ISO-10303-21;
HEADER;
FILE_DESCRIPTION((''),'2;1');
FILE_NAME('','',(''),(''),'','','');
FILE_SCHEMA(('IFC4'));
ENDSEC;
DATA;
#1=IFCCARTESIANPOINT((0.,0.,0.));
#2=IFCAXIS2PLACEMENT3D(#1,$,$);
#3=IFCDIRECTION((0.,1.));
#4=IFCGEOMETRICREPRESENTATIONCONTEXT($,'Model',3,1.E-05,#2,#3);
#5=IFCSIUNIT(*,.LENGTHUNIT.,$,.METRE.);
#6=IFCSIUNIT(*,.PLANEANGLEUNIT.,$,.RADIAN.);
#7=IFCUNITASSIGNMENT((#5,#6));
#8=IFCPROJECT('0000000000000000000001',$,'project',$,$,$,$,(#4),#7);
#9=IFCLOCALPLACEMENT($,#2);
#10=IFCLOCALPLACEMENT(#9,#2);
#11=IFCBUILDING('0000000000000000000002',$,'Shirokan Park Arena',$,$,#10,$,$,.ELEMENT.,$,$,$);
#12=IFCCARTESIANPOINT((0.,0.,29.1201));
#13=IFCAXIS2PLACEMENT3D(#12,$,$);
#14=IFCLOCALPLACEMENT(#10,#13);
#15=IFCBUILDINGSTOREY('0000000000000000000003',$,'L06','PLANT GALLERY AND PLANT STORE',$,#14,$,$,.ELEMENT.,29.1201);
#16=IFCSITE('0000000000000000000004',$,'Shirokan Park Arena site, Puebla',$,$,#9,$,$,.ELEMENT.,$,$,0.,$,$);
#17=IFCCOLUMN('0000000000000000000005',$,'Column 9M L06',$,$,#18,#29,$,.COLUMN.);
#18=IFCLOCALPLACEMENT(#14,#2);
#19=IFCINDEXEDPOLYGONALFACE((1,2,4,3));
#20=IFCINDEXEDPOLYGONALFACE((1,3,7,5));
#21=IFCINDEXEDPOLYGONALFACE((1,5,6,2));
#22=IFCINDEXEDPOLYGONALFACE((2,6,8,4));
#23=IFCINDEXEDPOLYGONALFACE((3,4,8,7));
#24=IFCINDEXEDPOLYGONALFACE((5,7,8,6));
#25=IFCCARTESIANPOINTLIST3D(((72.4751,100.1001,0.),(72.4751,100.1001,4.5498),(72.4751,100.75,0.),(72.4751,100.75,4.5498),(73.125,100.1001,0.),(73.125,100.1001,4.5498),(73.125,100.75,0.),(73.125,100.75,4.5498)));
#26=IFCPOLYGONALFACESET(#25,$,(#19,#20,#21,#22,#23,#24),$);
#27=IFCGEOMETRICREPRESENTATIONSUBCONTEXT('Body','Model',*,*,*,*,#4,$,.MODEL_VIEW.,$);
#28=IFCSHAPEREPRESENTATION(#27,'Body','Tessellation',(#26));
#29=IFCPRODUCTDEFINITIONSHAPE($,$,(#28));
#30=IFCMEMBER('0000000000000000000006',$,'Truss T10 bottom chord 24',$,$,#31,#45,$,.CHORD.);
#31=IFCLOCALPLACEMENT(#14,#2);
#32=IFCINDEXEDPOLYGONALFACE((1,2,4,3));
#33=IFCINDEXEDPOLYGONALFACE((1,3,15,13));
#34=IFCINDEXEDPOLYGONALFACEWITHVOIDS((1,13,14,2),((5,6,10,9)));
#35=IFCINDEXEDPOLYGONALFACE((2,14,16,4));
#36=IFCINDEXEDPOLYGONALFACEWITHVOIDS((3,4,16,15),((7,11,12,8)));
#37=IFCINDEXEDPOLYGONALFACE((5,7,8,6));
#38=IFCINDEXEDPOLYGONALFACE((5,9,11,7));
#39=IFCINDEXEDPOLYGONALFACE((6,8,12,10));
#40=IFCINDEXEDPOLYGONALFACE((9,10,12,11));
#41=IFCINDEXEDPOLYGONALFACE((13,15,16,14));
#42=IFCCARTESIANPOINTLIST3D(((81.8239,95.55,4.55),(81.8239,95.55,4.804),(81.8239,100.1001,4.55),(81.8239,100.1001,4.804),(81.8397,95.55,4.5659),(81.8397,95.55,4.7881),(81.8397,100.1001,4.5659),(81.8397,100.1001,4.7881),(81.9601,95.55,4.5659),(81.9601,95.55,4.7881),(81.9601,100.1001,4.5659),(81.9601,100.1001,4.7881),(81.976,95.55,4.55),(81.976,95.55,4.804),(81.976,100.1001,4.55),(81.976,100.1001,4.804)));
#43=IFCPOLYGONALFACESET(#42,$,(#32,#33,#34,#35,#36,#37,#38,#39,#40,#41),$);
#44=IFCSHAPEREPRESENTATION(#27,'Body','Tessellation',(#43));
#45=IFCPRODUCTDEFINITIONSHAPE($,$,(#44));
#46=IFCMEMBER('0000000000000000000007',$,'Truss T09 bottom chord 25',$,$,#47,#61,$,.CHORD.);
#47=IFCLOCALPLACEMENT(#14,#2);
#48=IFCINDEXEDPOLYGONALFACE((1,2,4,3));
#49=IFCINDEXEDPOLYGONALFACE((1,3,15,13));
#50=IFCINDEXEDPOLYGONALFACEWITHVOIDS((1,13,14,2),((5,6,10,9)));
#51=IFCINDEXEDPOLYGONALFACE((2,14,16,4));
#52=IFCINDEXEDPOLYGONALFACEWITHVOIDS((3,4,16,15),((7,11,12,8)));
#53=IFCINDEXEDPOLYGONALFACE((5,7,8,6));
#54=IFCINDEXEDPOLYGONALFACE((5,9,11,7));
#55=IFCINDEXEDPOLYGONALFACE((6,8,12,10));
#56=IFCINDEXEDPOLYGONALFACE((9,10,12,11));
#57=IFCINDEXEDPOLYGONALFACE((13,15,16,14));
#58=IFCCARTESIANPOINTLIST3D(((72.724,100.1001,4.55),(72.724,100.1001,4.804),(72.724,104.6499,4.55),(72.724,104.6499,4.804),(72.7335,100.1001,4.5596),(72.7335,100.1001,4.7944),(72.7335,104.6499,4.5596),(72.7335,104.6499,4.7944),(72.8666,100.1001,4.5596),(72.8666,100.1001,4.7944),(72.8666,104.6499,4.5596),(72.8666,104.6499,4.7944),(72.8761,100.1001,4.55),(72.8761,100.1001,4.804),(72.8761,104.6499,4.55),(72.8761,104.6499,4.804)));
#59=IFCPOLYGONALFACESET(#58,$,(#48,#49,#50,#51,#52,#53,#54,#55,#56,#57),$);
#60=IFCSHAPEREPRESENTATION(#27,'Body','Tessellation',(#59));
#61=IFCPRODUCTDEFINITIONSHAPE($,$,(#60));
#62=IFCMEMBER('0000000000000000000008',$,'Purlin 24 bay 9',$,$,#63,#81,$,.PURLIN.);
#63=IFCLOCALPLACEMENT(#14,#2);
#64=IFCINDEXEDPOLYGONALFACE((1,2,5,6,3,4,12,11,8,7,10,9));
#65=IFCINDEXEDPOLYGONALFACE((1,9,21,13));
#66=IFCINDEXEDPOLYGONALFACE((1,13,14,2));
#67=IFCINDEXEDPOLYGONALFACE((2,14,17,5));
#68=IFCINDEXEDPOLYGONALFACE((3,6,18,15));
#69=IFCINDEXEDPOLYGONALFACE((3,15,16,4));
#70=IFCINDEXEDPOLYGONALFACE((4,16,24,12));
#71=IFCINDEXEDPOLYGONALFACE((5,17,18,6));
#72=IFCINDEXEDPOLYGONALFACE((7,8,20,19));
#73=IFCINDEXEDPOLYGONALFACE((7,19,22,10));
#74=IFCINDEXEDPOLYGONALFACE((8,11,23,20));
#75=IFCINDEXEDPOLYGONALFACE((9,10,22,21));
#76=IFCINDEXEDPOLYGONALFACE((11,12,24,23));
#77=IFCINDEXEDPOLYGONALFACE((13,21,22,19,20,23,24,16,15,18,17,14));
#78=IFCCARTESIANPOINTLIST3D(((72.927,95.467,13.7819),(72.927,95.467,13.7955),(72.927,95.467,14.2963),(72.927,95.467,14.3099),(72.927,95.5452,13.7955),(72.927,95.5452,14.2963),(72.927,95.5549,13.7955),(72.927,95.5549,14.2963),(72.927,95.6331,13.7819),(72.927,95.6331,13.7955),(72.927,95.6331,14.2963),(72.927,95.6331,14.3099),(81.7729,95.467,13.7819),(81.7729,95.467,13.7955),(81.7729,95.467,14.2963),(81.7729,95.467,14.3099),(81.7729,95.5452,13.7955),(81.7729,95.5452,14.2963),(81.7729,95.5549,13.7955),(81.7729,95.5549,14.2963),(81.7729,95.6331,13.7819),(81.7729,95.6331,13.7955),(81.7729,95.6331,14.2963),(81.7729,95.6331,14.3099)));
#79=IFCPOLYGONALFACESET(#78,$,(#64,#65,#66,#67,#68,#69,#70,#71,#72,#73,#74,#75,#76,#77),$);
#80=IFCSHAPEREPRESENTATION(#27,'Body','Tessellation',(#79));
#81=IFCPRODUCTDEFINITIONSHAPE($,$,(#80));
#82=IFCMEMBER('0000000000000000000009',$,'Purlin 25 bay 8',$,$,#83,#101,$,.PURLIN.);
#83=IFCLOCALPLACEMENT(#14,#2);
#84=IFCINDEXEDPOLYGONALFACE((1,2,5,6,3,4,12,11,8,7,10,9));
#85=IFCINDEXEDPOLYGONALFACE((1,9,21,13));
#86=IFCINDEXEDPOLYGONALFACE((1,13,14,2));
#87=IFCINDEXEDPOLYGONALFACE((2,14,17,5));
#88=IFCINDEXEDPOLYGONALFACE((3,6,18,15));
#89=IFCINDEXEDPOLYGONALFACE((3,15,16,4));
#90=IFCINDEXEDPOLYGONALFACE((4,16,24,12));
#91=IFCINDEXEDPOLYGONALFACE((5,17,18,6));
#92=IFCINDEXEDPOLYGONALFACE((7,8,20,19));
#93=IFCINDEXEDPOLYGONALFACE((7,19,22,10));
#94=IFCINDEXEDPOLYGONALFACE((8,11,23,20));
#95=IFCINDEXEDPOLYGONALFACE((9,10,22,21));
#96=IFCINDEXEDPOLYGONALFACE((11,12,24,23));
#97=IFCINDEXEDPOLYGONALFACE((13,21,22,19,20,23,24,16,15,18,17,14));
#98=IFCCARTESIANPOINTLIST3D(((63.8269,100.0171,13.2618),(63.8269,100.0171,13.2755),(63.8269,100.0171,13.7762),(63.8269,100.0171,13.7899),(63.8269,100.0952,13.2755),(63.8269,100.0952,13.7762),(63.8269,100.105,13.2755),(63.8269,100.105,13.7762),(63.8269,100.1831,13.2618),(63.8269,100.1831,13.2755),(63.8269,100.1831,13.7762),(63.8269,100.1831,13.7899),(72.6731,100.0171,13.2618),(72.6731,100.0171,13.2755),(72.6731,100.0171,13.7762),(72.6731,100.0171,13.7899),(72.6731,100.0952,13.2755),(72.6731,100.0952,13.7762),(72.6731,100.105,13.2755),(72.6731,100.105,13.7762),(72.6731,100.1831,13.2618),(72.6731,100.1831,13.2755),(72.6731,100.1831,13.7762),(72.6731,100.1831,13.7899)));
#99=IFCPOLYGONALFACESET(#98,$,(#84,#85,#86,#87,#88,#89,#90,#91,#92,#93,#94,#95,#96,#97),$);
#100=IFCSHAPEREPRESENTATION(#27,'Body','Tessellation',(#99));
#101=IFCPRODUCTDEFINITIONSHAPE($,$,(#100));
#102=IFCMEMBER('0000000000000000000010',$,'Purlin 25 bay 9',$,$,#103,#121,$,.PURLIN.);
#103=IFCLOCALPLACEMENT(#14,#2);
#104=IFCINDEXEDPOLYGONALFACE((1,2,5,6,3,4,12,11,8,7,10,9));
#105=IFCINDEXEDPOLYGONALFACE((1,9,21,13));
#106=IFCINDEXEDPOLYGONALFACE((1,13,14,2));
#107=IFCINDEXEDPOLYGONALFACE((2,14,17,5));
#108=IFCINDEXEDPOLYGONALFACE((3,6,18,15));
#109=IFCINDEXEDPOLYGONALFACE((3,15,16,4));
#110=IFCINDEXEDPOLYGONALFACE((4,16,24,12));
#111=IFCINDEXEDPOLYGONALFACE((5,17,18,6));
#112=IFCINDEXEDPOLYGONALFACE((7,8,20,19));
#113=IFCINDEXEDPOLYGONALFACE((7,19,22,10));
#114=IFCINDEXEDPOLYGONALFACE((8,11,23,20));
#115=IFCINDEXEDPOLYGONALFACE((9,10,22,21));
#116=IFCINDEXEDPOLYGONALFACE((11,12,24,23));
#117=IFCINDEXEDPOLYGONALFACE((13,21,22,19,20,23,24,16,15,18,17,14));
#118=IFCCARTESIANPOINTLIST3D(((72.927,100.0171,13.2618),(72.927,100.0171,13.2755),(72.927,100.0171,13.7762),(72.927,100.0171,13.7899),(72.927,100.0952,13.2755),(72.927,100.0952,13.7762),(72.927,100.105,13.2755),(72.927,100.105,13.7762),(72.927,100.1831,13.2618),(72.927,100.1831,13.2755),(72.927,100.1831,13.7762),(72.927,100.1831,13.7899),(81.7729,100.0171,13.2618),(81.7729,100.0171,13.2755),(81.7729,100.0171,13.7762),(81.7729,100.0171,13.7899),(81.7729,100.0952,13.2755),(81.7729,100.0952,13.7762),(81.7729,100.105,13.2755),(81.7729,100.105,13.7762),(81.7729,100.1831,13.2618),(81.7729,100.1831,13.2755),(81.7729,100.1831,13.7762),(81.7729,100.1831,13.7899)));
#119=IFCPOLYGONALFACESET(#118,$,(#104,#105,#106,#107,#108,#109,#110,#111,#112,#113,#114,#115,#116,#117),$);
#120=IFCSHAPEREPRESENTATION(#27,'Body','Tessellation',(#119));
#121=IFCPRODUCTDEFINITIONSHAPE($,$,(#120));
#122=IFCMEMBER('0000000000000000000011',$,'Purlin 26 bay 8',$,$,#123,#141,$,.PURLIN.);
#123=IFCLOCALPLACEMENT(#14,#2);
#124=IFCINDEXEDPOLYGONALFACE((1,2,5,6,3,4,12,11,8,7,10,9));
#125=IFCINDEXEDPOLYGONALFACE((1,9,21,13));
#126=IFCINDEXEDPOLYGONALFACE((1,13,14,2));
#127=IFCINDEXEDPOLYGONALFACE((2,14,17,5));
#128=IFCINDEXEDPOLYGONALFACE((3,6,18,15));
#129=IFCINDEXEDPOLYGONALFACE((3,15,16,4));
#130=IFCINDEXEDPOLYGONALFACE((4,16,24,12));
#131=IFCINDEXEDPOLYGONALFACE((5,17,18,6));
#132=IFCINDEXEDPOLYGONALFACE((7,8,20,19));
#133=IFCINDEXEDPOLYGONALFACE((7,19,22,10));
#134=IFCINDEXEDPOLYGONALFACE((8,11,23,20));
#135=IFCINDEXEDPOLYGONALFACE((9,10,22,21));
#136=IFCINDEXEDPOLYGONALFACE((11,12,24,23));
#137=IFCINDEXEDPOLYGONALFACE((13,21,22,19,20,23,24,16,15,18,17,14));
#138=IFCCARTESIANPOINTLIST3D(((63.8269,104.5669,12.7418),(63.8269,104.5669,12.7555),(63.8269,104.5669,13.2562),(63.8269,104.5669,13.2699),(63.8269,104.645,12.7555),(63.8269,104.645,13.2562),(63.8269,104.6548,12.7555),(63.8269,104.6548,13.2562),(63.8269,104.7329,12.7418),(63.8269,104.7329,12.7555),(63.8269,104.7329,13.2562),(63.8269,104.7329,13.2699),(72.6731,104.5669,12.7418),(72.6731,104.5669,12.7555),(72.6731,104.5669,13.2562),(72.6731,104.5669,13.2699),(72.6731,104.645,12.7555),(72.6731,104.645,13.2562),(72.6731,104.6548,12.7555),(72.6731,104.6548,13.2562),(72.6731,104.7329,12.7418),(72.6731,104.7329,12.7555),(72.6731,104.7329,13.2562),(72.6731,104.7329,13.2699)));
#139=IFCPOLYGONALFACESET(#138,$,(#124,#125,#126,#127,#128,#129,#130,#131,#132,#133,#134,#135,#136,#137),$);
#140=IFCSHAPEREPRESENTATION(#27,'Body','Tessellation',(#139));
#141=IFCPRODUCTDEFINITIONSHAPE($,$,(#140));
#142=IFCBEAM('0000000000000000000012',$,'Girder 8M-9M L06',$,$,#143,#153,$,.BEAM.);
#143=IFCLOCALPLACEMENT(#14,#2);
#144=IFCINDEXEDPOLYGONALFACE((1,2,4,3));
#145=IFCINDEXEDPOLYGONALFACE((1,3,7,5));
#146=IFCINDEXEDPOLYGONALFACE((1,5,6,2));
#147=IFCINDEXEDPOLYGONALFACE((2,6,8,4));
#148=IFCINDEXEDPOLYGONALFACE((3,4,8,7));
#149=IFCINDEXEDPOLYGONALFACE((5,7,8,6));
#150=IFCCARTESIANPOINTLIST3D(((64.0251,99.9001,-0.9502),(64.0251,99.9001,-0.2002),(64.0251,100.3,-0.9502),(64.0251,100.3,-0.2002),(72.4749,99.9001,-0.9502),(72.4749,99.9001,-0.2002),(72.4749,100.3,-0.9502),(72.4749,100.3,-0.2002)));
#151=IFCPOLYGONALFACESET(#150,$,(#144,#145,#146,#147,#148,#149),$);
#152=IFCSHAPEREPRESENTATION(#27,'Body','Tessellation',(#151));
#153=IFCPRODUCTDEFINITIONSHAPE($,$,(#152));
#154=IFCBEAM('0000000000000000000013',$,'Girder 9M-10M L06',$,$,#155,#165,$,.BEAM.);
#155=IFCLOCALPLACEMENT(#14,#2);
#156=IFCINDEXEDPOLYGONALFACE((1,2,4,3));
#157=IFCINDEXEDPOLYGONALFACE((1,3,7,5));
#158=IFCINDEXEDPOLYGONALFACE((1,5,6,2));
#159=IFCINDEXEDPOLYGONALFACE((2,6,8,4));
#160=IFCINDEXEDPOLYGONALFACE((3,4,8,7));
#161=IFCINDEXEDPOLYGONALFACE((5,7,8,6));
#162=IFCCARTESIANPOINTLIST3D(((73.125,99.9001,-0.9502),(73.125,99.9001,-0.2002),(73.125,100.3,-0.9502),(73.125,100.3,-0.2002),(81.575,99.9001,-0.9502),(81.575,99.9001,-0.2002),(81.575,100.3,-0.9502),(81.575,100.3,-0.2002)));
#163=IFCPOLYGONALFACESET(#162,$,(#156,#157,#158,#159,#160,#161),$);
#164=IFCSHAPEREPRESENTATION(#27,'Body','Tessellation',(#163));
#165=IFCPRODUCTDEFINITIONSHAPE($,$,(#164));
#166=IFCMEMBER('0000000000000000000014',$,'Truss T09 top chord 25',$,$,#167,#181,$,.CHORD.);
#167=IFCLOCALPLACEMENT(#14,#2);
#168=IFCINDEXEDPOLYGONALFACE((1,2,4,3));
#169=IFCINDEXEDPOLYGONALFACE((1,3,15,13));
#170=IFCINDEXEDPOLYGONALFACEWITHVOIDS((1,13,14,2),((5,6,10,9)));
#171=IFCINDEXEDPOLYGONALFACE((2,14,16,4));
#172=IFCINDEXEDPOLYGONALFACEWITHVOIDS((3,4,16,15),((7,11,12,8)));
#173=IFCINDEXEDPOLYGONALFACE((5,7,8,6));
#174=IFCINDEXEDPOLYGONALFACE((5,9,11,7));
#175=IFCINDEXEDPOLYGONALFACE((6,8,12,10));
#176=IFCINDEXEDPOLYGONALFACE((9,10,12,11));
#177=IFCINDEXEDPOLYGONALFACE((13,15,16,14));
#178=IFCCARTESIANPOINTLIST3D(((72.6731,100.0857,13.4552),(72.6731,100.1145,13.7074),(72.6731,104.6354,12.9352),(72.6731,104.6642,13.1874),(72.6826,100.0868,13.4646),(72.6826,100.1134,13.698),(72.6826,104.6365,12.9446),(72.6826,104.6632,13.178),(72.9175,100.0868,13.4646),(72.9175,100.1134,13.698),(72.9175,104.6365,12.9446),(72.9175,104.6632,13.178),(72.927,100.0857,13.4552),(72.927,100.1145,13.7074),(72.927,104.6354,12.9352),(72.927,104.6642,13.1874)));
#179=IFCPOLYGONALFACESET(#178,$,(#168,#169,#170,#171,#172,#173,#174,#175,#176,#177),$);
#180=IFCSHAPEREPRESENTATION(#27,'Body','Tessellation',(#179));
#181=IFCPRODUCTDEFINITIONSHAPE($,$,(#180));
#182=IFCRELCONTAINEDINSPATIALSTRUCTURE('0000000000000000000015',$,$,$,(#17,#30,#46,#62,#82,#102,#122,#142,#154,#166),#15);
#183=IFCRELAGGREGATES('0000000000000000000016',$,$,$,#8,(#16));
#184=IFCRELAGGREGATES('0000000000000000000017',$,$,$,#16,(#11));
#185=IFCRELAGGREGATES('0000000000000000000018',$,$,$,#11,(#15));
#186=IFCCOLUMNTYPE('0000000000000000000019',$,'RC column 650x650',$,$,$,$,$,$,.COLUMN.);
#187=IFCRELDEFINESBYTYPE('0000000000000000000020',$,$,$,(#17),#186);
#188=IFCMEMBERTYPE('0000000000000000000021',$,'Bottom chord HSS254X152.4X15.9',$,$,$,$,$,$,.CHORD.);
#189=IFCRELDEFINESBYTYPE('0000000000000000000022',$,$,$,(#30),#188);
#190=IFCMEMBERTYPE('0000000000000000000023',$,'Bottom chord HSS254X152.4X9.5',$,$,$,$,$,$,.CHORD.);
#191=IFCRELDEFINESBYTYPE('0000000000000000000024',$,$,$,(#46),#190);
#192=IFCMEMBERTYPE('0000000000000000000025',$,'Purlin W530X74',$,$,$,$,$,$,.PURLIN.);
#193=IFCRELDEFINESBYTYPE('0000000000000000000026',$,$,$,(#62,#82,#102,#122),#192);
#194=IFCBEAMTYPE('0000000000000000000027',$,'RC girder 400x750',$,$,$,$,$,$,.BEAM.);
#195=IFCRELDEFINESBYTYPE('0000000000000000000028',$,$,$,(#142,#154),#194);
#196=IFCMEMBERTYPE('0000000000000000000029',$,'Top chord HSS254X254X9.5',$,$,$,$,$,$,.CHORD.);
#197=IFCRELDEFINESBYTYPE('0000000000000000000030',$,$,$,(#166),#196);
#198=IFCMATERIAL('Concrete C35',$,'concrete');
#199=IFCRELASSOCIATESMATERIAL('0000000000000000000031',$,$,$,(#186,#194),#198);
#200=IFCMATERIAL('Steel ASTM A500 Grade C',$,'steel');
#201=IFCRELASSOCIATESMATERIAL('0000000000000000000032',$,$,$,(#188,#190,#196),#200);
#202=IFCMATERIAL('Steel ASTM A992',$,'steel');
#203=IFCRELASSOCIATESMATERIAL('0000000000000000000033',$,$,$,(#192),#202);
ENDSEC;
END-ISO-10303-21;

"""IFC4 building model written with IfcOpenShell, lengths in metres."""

from ifc_helpers import new_model, si_unit, direction, frame, origin, origin_2d, place, context, subcontext, project, spatial, rectangle, hollow_rectangle, i_section, extrude, material, material_profile, profile_set, type_object, element, save


model = new_model("IFC4")

# Units and contexts
model_context = context("Model", 3, precision=1e-05, world=origin(), true_north=direction((0.0, 1.0)))
body_context = subcontext(model_context, "Body", "Model", "MODEL_VIEW")
ifc_project = project(units=[si_unit("LENGTHUNIT", "METRE"), si_unit("PLANEANGLEUNIT", "RADIAN")], contexts=[model_context])

# Site, building, storey
site_placement = place(None, origin())
site = spatial("IfcSite", under=ifc_project, at=site_placement, Name="Shirokan Park Arena site, Puebla", CompositionType="ELEMENT", RefElevation=0.0)
building_placement = place(site_placement, origin())
building = spatial("IfcBuilding", under=site, at=building_placement, Name="Shirokan Park Arena", CompositionType="ELEMENT")
storey_placement = place(building_placement, frame((0.0, 0.0, 29.1201)))
storey = spatial("IfcBuildingStorey", under=building, at=storey_placement, Name="L06", Description="PLANT GALLERY AND PLANT STORE", CompositionType="ELEMENT", Elevation=29.1201)

# Column
ifc_material_1 = material(Name="Concrete C35", Category="concrete")
ifc_material_profile_1 = material_profile(ifc_material_1, rectangle(XDim=0.6499, YDim=0.6499, at=origin_2d()), Name="650x650")
ifc_profile_set_1 = profile_set([ifc_material_profile_1], Name="Concrete C35")
column_type = type_object("IfcColumnType", Name="RC column 650x650", PredefinedType="COLUMN", material=ifc_profile_set_1)
column_placement = place(storey_placement, frame((72.8, 100.425, 0.0), z_axis=(0.0, 0.0, 1.0), x_axis=(1.0, 0.0, 0.0)))
element("IfcColumn", 1, at=column_placement, inside=storey, type_object=column_type, Name="Column 9M L06", PredefinedType="COLUMN", context=body_context, shape_type="SweptSolid", body=[
    extrude(rectangle(XDim=0.6499, YDim=0.6499, at=origin_2d()), origin(), (0.0, 0.0, 1.0), 4.5498),
])

# Members
ifc_material_2 = material(Name="Steel ASTM A500 Grade C", Category="steel")
ifc_material_profile_2 = material_profile(ifc_material_2, hollow_rectangle(XDim=0.1521, YDim=0.2539, WallThickness=0.0159, at=origin_2d()), Name="HSS254X152.4X15.9")
ifc_profile_set_2 = profile_set([ifc_material_profile_2], Name="Steel ASTM A500 Grade C")
member_type_1 = type_object("IfcMemberType", Name="Bottom chord HSS254X152.4X15.9", PredefinedType="CHORD", material=ifc_profile_set_2)
member_1_placement = place(storey_placement, frame((81.8999, 95.55, 4.677), z_axis=(0.0, 1.0, 0.0), x_axis=(-1.0, 0.0, 0.0)))
element("IfcMember", 2, at=member_1_placement, inside=storey, type_object=member_type_1, Name="Truss T10 bottom chord 24", PredefinedType="CHORD", context=body_context, shape_type="SweptSolid", body=[
    extrude(hollow_rectangle(XDim=0.1521, YDim=0.2539, WallThickness=0.0159, at=origin_2d()), origin(), (0.0, 0.0, 1.0), 4.55),
])
ifc_material_profile_3 = material_profile(ifc_material_2, hollow_rectangle(XDim=0.1521, YDim=0.2539, WallThickness=0.0095, at=origin_2d()), Name="HSS254X152.4X9.5")
ifc_profile_set_3 = profile_set([ifc_material_profile_3], Name="Steel ASTM A500 Grade C")
member_type_2 = type_object("IfcMemberType", Name="Bottom chord HSS254X152.4X9.5", PredefinedType="CHORD", material=ifc_profile_set_3)
member_2_placement = place(storey_placement, frame((72.8, 100.1001, 4.677), z_axis=(0.0, 1.0, 0.0), x_axis=(-1.0, 0.0, 0.0)))
element("IfcMember", 3, at=member_2_placement, inside=storey, type_object=member_type_2, Name="Truss T09 bottom chord 25", PredefinedType="CHORD", context=body_context, shape_type="SweptSolid", body=[
    extrude(hollow_rectangle(XDim=0.1521, YDim=0.2539, WallThickness=0.0095, at=origin_2d()), origin(), (0.0, 0.0, 1.0), 4.5498),
])
ifc_material_3 = material(Name="Steel ASTM A992", Category="steel")
ifc_material_profile_4 = material_profile(ifc_material_3, i_section(OverallWidth=0.166, OverallDepth=0.5281, WebThickness=0.0098, FlangeThickness=0.0137, at=origin_2d()), Name="W530X74")
ifc_profile_set_4 = profile_set([ifc_material_profile_4], Name="Steel ASTM A992")
member_type_3 = type_object("IfcMemberType", Name="Purlin W530X74", PredefinedType="PURLIN", material=ifc_profile_set_4)
member_3_placement = place(storey_placement, frame((72.927, 95.55, 14.0459), z_axis=(1.0, 0.0, 0.0), x_axis=(0.0, 1.0, 0.0)))
element("IfcMember", 4, at=member_3_placement, inside=storey, type_object=member_type_3, Name="Purlin 24 bay 9", PredefinedType="PURLIN", context=body_context, shape_type="SweptSolid", body=[
    extrude(i_section(OverallWidth=0.166, OverallDepth=0.5281, WebThickness=0.0098, FlangeThickness=0.0137, at=origin_2d()), origin(), (0.0, 0.0, 1.0), 8.8459),
])
member_4_placement = place(storey_placement, frame((63.8269, 100.1001, 13.5259), z_axis=(1.0, 0.0, 0.0), x_axis=(0.0, 1.0, 0.0)))
element("IfcMember", 5, at=member_4_placement, inside=storey, type_object=member_type_3, Name="Purlin 25 bay 8", PredefinedType="PURLIN", context=body_context, shape_type="SweptSolid", body=[
    extrude(i_section(OverallWidth=0.166, OverallDepth=0.5281, WebThickness=0.0098, FlangeThickness=0.0137, at=origin_2d()), origin(), (0.0, 0.0, 1.0), 8.8462),
])
member_5_placement = place(storey_placement, frame((72.927, 100.1001, 13.5259), z_axis=(1.0, 0.0, 0.0), x_axis=(0.0, 1.0, 0.0)))
element("IfcMember", 6, at=member_5_placement, inside=storey, type_object=member_type_3, Name="Purlin 25 bay 9", PredefinedType="PURLIN", context=body_context, shape_type="SweptSolid", body=[
    extrude(i_section(OverallWidth=0.166, OverallDepth=0.5281, WebThickness=0.0098, FlangeThickness=0.0137, at=origin_2d()), origin(), (0.0, 0.0, 1.0), 8.8459),
])
member_6_placement = place(storey_placement, frame((63.8269, 104.6499, 13.0059), z_axis=(1.0, 0.0, 0.0), x_axis=(0.0, 1.0, 0.0)))
element("IfcMember", 7, at=member_6_placement, inside=storey, type_object=member_type_3, Name="Purlin 26 bay 8", PredefinedType="PURLIN", context=body_context, shape_type="SweptSolid", body=[
    extrude(i_section(OverallWidth=0.166, OverallDepth=0.5281, WebThickness=0.0098, FlangeThickness=0.0137, at=origin_2d()), origin(), (0.0, 0.0, 1.0), 8.8462),
])

# Beams
ifc_material_profile_5 = material_profile(ifc_material_1, rectangle(XDim=0.3999, YDim=0.75, at=origin_2d()), Name="400x750")
ifc_profile_set_5 = profile_set([ifc_material_profile_5], Name="Concrete C35")
beam_type = type_object("IfcBeamType", Name="RC girder 400x750", PredefinedType="BEAM", material=ifc_profile_set_5)
beam_1_placement = place(storey_placement, frame((64.0251, 100.1001, -0.5752), z_axis=(1.0, 0.0, 0.0), x_axis=(0.0, 1.0, 0.0)))
element("IfcBeam", 8, at=beam_1_placement, inside=storey, type_object=beam_type, Name="Girder 8M-9M L06", PredefinedType="BEAM", context=body_context, shape_type="SweptSolid", body=[
    extrude(rectangle(XDim=0.3999, YDim=0.75, at=origin_2d()), origin(), (0.0, 0.0, 1.0), 8.4497),
])
beam_2_placement = place(storey_placement, frame((73.125, 100.1001, -0.5752), z_axis=(1.0, 0.0, 0.0), x_axis=(0.0, 1.0, 0.0)))
element("IfcBeam", 9, at=beam_2_placement, inside=storey, type_object=beam_type, Name="Girder 9M-10M L06", PredefinedType="BEAM", context=body_context, shape_type="SweptSolid", body=[
    extrude(rectangle(XDim=0.3999, YDim=0.75, at=origin_2d()), origin(), (0.0, 0.0, 1.0), 8.45),
])

# Member
ifc_material_profile_6 = material_profile(ifc_material_2, hollow_rectangle(XDim=0.2539, YDim=0.2539, WallThickness=0.0095, at=origin_2d()), Name="HSS254X254X9.5")
ifc_profile_set_6 = profile_set([ifc_material_profile_6], Name="Steel ASTM A500 Grade C")
member_type_4 = type_object("IfcMemberType", Name="Top chord HSS254X254X9.5", PredefinedType="CHORD", material=ifc_profile_set_6)
member_7_placement = place(storey_placement, frame((72.8, 100.1001, 13.5813), z_axis=(0.0, 0.993532, -0.113556), x_axis=(-1.0, 0.0, 0.0)))
element("IfcMember", 10, at=member_7_placement, inside=storey, type_object=member_type_4, Name="Truss T09 top chord 25", PredefinedType="CHORD", context=body_context, shape_type="SweptSolid", body=[
    extrude(hollow_rectangle(XDim=0.2539, YDim=0.2539, WallThickness=0.0095, at=origin_2d()), origin(), (0.0, 0.0, 1.0), 4.5793),
])

save(model, "model.ifc")
